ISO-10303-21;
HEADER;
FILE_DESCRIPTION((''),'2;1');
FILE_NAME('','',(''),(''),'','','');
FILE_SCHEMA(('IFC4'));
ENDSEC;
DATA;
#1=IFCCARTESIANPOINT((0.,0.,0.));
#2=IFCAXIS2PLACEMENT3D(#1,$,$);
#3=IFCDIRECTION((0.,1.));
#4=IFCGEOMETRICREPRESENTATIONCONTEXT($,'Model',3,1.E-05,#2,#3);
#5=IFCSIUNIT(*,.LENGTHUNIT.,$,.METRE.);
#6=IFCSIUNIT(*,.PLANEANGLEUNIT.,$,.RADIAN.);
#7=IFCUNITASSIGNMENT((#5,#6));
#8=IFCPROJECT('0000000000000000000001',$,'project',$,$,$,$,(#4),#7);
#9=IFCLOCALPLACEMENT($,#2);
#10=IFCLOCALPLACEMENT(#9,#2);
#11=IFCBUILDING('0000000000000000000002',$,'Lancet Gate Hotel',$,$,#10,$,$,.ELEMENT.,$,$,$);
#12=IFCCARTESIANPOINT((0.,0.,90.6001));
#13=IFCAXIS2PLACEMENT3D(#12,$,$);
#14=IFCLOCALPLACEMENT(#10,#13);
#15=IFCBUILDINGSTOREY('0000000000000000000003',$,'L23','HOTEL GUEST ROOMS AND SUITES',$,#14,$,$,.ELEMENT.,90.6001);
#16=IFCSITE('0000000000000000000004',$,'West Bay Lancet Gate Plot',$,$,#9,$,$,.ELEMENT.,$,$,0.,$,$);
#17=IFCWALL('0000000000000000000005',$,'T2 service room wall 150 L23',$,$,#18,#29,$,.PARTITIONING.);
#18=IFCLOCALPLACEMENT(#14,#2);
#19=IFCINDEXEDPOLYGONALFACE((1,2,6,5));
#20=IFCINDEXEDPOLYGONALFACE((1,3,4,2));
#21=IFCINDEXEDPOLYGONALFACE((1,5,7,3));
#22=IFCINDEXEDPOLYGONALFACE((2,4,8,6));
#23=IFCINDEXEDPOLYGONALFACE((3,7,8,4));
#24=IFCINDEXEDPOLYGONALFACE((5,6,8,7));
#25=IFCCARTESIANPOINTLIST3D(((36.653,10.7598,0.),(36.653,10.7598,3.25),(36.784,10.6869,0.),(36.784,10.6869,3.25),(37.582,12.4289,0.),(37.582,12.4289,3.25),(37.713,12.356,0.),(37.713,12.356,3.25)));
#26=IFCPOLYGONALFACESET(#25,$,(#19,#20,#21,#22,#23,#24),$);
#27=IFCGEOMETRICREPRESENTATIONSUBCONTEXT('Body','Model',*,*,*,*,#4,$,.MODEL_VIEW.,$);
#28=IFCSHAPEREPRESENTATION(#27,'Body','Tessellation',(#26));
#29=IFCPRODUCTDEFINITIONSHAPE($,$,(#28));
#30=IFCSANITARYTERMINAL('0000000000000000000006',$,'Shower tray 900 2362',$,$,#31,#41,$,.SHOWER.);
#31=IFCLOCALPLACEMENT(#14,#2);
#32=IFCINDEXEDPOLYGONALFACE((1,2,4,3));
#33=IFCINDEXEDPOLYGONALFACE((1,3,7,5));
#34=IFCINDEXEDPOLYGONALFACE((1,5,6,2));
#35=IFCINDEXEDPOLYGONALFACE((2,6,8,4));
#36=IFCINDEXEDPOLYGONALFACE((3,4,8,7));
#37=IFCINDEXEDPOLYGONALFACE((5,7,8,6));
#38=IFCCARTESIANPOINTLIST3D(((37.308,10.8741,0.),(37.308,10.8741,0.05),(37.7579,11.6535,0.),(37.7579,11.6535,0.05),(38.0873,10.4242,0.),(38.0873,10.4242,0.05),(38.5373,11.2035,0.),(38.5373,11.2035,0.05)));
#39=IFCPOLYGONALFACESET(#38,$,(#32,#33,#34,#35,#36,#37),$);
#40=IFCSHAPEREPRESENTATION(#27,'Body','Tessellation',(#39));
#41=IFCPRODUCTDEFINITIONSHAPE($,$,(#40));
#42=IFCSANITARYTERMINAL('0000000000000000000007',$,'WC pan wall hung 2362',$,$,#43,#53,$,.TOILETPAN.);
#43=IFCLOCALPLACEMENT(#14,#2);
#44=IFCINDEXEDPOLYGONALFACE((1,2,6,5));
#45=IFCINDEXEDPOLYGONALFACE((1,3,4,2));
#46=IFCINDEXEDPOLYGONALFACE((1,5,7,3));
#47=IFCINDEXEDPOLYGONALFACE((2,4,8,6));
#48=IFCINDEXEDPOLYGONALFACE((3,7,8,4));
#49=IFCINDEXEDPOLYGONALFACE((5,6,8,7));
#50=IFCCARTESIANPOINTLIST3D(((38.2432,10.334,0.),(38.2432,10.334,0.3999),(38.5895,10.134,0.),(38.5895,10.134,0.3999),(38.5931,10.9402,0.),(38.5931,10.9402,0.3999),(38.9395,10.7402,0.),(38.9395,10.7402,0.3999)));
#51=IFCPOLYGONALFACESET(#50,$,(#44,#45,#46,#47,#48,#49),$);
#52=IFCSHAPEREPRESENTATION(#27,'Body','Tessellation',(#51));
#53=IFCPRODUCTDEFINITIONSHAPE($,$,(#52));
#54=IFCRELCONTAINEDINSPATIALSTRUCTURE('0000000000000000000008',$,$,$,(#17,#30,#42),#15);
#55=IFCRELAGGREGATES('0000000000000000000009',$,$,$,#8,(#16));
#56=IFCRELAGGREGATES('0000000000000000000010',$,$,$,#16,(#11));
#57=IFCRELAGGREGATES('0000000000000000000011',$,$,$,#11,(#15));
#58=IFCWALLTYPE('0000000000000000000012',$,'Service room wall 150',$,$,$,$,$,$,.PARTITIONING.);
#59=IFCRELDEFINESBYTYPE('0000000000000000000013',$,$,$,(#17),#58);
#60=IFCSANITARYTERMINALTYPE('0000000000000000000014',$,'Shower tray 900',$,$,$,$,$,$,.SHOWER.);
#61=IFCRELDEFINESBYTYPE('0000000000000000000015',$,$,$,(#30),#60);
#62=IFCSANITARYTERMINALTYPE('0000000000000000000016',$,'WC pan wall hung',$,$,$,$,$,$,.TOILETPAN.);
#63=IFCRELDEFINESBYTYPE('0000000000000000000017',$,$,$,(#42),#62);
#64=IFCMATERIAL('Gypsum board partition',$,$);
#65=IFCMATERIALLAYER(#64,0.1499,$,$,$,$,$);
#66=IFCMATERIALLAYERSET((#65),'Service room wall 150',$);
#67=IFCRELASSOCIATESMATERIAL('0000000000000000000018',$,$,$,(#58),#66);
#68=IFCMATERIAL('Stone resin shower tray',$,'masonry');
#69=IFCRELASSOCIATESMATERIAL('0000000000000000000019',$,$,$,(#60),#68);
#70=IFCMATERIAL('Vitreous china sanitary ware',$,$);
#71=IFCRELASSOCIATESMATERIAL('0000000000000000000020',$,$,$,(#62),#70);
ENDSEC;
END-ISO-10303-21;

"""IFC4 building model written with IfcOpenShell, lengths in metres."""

from ifc_helpers import new_model, si_unit, direction, frame, frame_2d, origin, origin_2d, place, context, subcontext, project, spatial, rectangle, extrude, material, layer, layer_set, type_object, element, save


model = new_model("IFC4")

# Units and contexts
model_context = context("Model", 3, precision=1e-05, world=origin(), true_north=direction((0.0, 1.0)))
body_context = subcontext(model_context, "Body", "Model", "MODEL_VIEW")
ifc_project = project(units=[si_unit("LENGTHUNIT", "METRE"), si_unit("PLANEANGLEUNIT", "RADIAN")], contexts=[model_context])

# Site, building, storey
site_placement = place(None, origin())
site = spatial("IfcSite", under=ifc_project, at=site_placement, Name="West Bay Lancet Gate Plot", CompositionType="ELEMENT", RefElevation=0.0)
building_placement = place(site_placement, origin())
building = spatial("IfcBuilding", under=site, at=building_placement, Name="Lancet Gate Hotel", CompositionType="ELEMENT")
storey_placement = place(building_placement, frame((0.0, 0.0, 90.6001)))
storey = spatial("IfcBuildingStorey", under=building, at=storey_placement, Name="L23", Description="HOTEL GUEST ROOMS AND SUITES", CompositionType="ELEMENT", Elevation=90.6001)

# Wall
ifc_material_1 = material(Name="Gypsum board partition")
ifc_layer_1 = layer(ifc_material_1, 0.1499)
ifc_layer_set_1 = layer_set([ifc_layer_1], Name="Service room wall 150")
wall_type_1 = type_object("IfcWallType", Name="Service room wall 150", PredefinedType="PARTITIONING", material=ifc_layer_set_1)
wall_1_placement = place(storey_placement, frame((36.7185, 10.7234, 0.0), z_axis=(0.0, 0.0, 1.0), x_axis=(0.486348, 0.873765, 0.0)))
element("IfcWall", 1, at=wall_1_placement, inside=storey, type_object=wall_type_1, Name="T2 service room wall 150 L23", PredefinedType="PARTITIONING", context=body_context, shape_type="SweptSolid", body=[
    extrude(rectangle(XDim=1.9102, YDim=0.1499, at=frame_2d((0.9551, 0.0))), origin(), (0.0, 0.0, 1.0), 3.25),
])

# Sanitary terminals
ifc_material_2 = material(Name="Stone resin shower tray", Category="masonry")
sanitary_terminal_type_1 = type_object("IfcSanitaryTerminalType", Name="Shower tray 900", PredefinedType="SHOWER", material=ifc_material_2)
sanitary_terminal_1_placement = place(storey_placement, frame((37.9226, 11.0388, 0.0), z_axis=(0.0, 0.0, 1.0), x_axis=(-0.866025, 0.5, 0.0)))
element("IfcSanitaryTerminal", 2, at=sanitary_terminal_1_placement, inside=storey, type_object=sanitary_terminal_type_1, Name="Shower tray 900 2362", PredefinedType="SHOWER", context=body_context, shape_type="SweptSolid", body=[
    extrude(rectangle(XDim=0.8999, YDim=0.8999, at=origin_2d()), origin(), (0.0, 0.0, 1.0), 0.05),
])
ifc_material_3 = material(Name="Vitreous china sanitary ware")
sanitary_terminal_type_2 = type_object("IfcSanitaryTerminalType", Name="WC pan wall hung", PredefinedType="TOILETPAN", material=ifc_material_3)
sanitary_terminal_2_placement = place(storey_placement, frame((38.5913, 10.5371, 0.0), z_axis=(0.0, 0.0, 1.0), x_axis=(-0.866025, 0.5, 0.0)))
element("IfcSanitaryTerminal", 3, at=sanitary_terminal_2_placement, inside=storey, type_object=sanitary_terminal_type_2, Name="WC pan wall hung 2362", PredefinedType="TOILETPAN", context=body_context, shape_type="SweptSolid", body=[
    extrude(rectangle(XDim=0.3999, YDim=0.7, at=origin_2d()), origin(), (0.0, 0.0, 1.0), 0.3999),
])

save(model, "model.ifc")
